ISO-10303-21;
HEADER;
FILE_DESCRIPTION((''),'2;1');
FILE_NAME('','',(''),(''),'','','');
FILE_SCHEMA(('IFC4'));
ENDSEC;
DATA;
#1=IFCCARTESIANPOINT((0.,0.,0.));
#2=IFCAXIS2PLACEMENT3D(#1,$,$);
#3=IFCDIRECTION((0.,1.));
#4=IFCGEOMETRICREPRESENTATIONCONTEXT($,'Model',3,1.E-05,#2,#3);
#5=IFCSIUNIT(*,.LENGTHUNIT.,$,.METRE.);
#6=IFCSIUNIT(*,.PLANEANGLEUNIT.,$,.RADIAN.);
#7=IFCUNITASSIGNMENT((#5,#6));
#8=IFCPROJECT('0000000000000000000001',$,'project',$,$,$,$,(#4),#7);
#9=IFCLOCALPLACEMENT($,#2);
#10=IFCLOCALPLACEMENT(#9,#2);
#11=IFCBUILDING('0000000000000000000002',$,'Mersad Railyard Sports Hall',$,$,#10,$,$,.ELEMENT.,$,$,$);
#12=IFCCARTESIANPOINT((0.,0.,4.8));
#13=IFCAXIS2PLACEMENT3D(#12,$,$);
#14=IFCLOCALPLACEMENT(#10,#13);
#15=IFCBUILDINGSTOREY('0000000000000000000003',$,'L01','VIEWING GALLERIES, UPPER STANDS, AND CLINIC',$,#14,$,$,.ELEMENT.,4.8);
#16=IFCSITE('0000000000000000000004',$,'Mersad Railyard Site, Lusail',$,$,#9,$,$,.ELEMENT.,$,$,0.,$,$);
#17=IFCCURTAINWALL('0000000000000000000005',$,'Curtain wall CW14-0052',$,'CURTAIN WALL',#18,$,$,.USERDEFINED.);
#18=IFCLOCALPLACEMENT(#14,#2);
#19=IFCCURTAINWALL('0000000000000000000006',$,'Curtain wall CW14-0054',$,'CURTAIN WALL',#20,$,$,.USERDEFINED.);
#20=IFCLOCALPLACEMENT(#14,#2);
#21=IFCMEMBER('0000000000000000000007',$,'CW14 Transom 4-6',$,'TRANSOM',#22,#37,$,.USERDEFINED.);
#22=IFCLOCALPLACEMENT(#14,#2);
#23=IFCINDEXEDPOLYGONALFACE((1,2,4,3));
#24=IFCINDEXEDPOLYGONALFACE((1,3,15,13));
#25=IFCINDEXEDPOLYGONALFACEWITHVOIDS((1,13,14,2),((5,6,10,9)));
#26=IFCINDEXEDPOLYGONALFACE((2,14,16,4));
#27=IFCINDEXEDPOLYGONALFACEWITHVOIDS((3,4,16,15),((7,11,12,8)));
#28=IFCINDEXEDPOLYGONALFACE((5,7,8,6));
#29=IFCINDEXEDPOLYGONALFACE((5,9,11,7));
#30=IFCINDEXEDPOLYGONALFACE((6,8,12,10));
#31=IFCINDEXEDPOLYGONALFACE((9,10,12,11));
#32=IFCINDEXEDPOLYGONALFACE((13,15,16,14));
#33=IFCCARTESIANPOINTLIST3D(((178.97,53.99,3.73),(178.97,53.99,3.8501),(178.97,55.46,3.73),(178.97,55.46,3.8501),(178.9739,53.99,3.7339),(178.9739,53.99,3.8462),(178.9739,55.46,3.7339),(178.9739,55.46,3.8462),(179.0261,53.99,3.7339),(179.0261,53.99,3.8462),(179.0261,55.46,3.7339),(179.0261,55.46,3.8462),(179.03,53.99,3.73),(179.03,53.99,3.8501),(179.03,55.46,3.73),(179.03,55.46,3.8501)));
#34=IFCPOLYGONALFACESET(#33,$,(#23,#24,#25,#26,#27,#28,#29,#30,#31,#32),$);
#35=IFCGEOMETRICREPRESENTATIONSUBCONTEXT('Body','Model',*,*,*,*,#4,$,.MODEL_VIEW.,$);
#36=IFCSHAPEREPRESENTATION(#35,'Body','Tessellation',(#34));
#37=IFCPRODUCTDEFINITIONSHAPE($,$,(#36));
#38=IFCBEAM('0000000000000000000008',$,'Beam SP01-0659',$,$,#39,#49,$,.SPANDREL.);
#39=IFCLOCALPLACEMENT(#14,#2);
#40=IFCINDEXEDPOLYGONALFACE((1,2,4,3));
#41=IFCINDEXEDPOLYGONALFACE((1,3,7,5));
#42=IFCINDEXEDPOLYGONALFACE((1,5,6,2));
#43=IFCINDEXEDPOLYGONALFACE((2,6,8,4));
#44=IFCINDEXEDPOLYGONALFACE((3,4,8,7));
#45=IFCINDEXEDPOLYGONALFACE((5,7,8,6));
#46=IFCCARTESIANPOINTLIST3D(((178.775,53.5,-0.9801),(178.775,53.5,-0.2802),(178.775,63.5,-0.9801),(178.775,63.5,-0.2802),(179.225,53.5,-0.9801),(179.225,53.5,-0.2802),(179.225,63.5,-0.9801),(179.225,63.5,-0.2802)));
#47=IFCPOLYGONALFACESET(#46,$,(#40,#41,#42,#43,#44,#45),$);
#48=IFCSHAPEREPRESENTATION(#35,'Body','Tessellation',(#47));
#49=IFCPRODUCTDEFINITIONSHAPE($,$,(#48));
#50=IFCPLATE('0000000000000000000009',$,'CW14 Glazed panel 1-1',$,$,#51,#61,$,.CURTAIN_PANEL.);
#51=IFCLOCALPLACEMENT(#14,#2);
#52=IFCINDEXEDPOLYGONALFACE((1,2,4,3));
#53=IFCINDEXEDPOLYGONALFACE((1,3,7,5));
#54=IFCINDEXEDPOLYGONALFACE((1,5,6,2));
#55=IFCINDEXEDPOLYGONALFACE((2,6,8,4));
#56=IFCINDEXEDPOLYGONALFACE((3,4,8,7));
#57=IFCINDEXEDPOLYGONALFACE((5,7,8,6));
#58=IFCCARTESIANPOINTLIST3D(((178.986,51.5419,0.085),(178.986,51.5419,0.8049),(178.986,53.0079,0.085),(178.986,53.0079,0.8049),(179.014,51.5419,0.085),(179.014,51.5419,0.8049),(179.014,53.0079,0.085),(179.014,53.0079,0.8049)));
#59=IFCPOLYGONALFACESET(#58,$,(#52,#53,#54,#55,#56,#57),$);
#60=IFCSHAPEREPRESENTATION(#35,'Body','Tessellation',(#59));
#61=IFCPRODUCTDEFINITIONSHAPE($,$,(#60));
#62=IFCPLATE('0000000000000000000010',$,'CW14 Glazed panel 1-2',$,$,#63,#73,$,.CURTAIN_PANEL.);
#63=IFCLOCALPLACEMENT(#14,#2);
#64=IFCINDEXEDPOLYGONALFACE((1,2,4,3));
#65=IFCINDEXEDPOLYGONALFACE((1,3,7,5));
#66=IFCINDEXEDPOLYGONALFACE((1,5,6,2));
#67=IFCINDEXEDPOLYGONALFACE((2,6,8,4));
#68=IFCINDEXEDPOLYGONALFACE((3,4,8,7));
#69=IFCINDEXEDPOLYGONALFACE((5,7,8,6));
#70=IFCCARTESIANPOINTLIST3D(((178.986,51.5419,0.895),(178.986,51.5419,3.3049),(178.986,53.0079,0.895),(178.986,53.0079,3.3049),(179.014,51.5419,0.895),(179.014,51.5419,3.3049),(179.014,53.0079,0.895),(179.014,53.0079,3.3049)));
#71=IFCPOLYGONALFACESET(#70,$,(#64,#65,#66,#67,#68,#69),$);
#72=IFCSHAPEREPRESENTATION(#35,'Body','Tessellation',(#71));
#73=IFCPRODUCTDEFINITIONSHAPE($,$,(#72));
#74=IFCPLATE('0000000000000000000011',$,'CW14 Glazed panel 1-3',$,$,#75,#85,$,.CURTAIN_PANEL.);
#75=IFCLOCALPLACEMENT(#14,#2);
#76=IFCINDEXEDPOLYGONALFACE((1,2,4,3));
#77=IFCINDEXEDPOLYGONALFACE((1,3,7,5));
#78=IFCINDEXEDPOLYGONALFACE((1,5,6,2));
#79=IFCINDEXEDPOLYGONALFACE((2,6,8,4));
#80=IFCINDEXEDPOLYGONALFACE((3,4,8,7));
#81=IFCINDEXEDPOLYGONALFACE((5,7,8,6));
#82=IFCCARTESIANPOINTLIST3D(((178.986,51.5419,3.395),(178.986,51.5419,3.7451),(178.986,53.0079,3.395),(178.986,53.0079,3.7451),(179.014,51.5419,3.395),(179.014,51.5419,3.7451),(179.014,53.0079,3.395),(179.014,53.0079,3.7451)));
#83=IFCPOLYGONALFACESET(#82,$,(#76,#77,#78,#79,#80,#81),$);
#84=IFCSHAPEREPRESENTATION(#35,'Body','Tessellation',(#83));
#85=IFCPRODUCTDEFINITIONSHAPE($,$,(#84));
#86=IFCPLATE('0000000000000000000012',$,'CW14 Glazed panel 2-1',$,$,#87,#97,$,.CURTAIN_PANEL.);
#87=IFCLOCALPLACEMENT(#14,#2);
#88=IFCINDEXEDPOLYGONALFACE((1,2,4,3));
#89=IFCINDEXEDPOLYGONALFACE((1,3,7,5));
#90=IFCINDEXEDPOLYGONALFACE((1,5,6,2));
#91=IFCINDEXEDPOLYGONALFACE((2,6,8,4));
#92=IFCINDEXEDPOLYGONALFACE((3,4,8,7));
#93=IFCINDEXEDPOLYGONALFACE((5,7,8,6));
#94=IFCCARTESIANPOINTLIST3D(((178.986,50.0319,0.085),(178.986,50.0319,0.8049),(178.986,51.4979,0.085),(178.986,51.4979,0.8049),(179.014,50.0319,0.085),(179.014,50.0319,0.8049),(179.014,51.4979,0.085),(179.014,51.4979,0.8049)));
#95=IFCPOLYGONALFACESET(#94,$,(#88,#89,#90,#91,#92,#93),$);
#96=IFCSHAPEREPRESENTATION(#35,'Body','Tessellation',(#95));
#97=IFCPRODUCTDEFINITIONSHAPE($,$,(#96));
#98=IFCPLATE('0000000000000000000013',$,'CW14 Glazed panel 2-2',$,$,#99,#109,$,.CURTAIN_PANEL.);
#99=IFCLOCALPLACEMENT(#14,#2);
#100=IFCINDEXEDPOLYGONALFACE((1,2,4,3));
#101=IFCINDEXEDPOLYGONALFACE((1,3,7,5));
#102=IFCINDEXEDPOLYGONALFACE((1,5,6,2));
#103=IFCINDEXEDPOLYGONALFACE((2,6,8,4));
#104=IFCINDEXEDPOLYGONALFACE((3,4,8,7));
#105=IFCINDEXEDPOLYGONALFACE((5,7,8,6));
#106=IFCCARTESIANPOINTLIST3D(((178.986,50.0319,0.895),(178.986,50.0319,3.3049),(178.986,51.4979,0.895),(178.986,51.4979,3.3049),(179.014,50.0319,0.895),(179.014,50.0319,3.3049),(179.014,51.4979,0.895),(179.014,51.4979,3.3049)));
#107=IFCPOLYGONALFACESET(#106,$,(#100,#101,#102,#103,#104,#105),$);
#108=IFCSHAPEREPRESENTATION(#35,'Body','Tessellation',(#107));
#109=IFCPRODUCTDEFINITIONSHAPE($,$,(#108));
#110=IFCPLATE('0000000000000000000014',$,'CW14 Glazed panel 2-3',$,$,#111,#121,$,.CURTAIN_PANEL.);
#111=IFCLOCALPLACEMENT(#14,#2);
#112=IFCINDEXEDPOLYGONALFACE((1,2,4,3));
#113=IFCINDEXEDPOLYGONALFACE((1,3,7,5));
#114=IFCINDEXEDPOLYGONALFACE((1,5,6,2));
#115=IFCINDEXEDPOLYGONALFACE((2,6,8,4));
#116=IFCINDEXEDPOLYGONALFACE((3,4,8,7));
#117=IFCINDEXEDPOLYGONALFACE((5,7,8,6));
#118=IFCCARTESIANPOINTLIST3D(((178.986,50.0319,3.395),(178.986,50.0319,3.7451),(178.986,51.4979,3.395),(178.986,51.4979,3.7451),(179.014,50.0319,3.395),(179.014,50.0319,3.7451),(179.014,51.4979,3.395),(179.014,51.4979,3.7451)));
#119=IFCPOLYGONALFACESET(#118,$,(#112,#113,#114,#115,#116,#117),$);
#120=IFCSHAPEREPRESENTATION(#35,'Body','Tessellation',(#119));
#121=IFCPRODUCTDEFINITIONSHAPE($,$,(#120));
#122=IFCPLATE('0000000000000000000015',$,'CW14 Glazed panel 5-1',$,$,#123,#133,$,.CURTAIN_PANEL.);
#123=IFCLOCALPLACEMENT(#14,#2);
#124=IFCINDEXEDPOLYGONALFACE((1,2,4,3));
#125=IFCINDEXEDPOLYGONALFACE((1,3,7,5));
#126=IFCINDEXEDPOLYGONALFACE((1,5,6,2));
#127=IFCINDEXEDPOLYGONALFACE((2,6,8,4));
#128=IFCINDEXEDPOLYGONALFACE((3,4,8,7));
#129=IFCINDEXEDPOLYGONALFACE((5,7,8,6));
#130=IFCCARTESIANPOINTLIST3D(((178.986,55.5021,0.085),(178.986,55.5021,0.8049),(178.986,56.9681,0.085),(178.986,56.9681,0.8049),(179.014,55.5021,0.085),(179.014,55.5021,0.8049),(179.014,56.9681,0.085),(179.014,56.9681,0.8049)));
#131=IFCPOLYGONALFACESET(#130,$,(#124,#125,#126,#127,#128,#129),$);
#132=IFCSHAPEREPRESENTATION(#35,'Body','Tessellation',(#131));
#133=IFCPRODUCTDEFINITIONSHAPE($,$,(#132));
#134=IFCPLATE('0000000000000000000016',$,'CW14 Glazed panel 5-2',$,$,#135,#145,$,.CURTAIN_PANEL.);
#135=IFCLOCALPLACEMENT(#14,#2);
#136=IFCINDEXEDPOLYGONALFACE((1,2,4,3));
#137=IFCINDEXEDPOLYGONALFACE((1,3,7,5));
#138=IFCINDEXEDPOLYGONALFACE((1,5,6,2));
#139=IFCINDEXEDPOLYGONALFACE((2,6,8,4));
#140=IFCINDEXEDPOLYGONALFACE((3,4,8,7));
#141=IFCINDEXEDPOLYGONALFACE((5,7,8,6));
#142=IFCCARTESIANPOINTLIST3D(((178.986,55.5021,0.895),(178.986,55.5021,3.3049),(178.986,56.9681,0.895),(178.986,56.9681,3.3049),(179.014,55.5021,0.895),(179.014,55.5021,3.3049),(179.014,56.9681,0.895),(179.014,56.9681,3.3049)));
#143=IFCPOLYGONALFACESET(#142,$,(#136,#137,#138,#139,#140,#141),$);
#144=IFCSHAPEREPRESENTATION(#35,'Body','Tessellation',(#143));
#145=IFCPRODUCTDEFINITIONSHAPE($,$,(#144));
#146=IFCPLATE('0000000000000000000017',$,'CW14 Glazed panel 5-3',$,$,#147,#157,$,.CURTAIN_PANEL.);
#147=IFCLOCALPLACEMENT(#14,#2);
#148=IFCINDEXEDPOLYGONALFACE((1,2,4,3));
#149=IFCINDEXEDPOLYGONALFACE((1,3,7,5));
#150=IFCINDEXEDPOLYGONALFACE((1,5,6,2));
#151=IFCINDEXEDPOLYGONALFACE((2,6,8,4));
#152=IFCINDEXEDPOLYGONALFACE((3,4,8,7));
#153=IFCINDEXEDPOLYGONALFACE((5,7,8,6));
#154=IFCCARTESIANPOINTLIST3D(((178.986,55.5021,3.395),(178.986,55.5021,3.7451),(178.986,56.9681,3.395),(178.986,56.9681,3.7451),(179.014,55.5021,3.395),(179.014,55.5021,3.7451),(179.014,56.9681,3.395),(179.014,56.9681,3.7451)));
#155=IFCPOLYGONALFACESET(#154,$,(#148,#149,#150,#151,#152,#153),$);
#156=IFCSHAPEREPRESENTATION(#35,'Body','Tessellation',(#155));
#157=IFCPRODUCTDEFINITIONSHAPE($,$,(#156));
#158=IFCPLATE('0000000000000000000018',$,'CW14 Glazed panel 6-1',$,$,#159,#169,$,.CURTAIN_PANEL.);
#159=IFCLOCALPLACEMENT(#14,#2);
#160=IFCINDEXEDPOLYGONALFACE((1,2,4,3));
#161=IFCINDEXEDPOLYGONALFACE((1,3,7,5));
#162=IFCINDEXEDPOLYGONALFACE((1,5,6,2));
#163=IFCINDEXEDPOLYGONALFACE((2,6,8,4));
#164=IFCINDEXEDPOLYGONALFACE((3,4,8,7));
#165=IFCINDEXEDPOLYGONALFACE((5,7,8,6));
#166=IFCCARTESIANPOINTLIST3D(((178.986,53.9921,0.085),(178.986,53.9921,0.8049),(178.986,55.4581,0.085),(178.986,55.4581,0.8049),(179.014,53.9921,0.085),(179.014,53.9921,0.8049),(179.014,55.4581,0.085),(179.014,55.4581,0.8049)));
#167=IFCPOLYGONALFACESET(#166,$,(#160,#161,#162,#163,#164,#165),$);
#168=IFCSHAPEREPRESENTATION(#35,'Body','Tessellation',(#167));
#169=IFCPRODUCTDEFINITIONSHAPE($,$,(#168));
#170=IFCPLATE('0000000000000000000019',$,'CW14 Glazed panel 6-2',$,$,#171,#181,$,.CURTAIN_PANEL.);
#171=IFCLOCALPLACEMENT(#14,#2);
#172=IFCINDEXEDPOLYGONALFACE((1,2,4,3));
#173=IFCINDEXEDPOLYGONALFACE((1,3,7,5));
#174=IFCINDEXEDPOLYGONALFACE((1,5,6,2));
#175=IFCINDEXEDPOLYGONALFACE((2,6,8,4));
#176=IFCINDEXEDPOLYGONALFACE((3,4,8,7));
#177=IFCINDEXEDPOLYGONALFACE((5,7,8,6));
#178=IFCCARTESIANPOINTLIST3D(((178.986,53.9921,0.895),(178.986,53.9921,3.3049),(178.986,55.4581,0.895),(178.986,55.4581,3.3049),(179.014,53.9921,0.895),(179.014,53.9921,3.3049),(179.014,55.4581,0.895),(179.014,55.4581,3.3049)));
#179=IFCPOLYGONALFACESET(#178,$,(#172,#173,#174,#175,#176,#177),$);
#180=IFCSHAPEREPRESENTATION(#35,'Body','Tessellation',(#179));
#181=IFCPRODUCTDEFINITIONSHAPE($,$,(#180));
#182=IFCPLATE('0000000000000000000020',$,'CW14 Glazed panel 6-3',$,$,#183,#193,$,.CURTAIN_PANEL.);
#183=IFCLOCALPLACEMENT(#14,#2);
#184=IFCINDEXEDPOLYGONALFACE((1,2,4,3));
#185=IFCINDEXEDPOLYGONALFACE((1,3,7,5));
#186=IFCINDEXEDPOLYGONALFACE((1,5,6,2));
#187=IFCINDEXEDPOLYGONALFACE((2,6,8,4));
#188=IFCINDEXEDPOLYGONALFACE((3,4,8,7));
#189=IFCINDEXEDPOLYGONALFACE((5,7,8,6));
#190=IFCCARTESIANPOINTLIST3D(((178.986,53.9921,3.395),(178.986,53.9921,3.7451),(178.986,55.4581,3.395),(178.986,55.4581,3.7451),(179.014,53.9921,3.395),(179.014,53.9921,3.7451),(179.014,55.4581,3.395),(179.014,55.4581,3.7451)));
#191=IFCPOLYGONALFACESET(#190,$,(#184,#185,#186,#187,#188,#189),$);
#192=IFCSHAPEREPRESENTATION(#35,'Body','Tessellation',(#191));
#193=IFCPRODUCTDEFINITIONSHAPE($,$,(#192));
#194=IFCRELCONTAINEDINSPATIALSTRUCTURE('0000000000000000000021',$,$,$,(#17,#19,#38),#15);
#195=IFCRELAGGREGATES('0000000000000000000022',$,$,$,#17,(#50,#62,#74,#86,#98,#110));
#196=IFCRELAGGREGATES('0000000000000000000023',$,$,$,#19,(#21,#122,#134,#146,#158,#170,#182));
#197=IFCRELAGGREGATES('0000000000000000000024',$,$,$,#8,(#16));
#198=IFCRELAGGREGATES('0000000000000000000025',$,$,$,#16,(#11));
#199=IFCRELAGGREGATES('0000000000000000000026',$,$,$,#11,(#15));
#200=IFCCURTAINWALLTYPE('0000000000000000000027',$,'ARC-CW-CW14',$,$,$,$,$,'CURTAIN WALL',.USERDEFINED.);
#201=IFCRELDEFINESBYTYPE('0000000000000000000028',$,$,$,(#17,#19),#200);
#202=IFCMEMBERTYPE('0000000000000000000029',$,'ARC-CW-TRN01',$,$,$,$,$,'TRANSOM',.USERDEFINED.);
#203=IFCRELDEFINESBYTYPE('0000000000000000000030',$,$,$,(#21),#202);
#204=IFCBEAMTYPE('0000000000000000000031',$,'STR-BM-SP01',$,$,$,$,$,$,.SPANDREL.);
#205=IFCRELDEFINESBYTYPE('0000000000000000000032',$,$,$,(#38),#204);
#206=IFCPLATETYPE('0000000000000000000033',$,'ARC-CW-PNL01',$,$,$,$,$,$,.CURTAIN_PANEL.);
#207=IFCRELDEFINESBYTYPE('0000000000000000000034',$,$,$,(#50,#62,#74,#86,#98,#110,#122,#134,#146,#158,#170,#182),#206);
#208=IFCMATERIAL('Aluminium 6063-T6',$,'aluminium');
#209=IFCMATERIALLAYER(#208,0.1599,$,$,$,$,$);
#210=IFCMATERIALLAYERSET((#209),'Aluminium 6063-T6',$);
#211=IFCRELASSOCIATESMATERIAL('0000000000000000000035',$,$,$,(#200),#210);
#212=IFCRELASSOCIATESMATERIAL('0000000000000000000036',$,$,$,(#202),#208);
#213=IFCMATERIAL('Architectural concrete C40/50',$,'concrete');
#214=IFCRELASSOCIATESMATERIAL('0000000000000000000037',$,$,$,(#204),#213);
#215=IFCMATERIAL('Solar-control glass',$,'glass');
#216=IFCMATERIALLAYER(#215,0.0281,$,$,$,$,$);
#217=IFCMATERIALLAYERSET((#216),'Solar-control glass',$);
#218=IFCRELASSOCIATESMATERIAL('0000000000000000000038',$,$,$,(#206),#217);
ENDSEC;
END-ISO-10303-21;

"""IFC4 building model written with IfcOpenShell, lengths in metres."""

from ifc_helpers import new_model, si_unit, direction, frame, origin, origin_2d, place, context, subcontext, project, spatial, rectangle, hollow_rectangle, extrude, material, layer, layer_set, material_profile, profile_set, type_object, element, aggregate, save


model = new_model("IFC4")

# Units and contexts
model_context = context("Model", 3, precision=1e-05, world=origin(), true_north=direction((0.0, 1.0)))
body_context = subcontext(model_context, "Body", "Model", "MODEL_VIEW")
ifc_project = project(units=[si_unit("LENGTHUNIT", "METRE"), si_unit("PLANEANGLEUNIT", "RADIAN")], contexts=[model_context])

# Site, building, storey
site_placement = place(None, origin())
site = spatial("IfcSite", under=ifc_project, at=site_placement, Name="Mersad Railyard Site, Lusail", CompositionType="ELEMENT", RefElevation=0.0)
building_placement = place(site_placement, origin())
building = spatial("IfcBuilding", under=site, at=building_placement, Name="Mersad Railyard Sports Hall", CompositionType="ELEMENT")
storey_placement = place(building_placement, frame((0.0, 0.0, 4.8)))
storey = spatial("IfcBuildingStorey", under=building, at=storey_placement, Name="L01", Description="VIEWING GALLERIES, UPPER STANDS, AND CLINIC", CompositionType="ELEMENT", Elevation=4.8)

# Curtain walls
ifc_material_1 = material(Name="Aluminium 6063-T6", Category="aluminium")
ifc_layer_1 = layer(ifc_material_1, 0.1599)
ifc_layer_set_1 = layer_set([ifc_layer_1], Name="Aluminium 6063-T6")
curtain_wall_type = type_object("IfcCurtainWallType", Name="ARC-CW-CW14", ElementType="CURTAIN WALL", PredefinedType="USERDEFINED", material=ifc_layer_set_1)
curtain_wall_1_placement = place(storey_placement, origin())
curtain_wall_1 = element("IfcCurtainWall", 1, at=curtain_wall_1_placement, inside=storey, type_object=curtain_wall_type, Name="Curtain wall CW14-0052", ObjectType="CURTAIN WALL", PredefinedType="USERDEFINED")
curtain_wall_2_placement = place(storey_placement, origin())
curtain_wall_2 = element("IfcCurtainWall", 2, at=curtain_wall_2_placement, inside=storey, type_object=curtain_wall_type, Name="Curtain wall CW14-0054", ObjectType="CURTAIN WALL", PredefinedType="USERDEFINED")

# Member
ifc_material_profile_1 = material_profile(ifc_material_1, hollow_rectangle(XDim=0.0601, YDim=0.1201, WallThickness=0.0039, at=origin_2d()), Name="AL TRANSOM 60x120x4")
ifc_profile_set_1 = profile_set([ifc_material_profile_1], Name="Aluminium 6063-T6")
member_type_1 = type_object("IfcMemberType", Name="ARC-CW-TRN01", ElementType="TRANSOM", PredefinedType="USERDEFINED", material=ifc_profile_set_1)
member_1_placement = place(storey_placement, frame((179.0, 55.46, 3.79), z_axis=(0.0, -1.0, 0.0), x_axis=(1.0, 0.0, 0.0)))
member_1 = element("IfcMember", 3, at=member_1_placement, type_object=member_type_1, Name="CW14 Transom 4-6", ObjectType="TRANSOM", PredefinedType="USERDEFINED", context=body_context, shape_type="SweptSolid", body=[
    extrude(hollow_rectangle(XDim=0.0601, YDim=0.1201, WallThickness=0.0039, at=origin_2d()), origin(), (0.0, 0.0, 1.0), 1.47),
])

# Beam
ifc_material_2 = material(Name="Architectural concrete C40/50", Category="concrete")
ifc_material_profile_2 = material_profile(ifc_material_2, rectangle(XDim=0.45, YDim=0.7, at=origin_2d()), Name="RC 450x700")
ifc_profile_set_2 = profile_set([ifc_material_profile_2], Name="Architectural concrete C40/50")
beam_type = type_object("IfcBeamType", Name="STR-BM-SP01", PredefinedType="SPANDREL", material=ifc_profile_set_2)
beam_placement = place(storey_placement, frame((179.0, 53.5, -0.6301), z_axis=(0.0, 1.0, 0.0), x_axis=(-1.0, 0.0, 0.0)))
element("IfcBeam", 4, at=beam_placement, inside=storey, type_object=beam_type, Name="Beam SP01-0659", PredefinedType="SPANDREL", context=body_context, shape_type="SweptSolid", body=[
    extrude(rectangle(XDim=0.45, YDim=0.7, at=origin_2d()), origin(), (0.0, 0.0, 1.0), 10.0),
])

# Plates
ifc_material_3 = material(Name="Solar-control glass", Category="glass")
ifc_layer_2 = layer(ifc_material_3, 0.0281)
ifc_layer_set_2 = layer_set([ifc_layer_2], Name="Solar-control glass")
plate_type = type_object("IfcPlateType", Name="ARC-CW-PNL01", PredefinedType="CURTAIN_PANEL", material=ifc_layer_set_2)
plate_1_placement = place(storey_placement, frame((179.0, 52.2749, 0.085), z_axis=(0.0, 0.0, 1.0), x_axis=(0.0, -1.0, 0.0)))
plate_1 = element("IfcPlate", 5, at=plate_1_placement, type_object=plate_type, Name="CW14 Glazed panel 1-1", PredefinedType="CURTAIN_PANEL", context=body_context, shape_type="SweptSolid", body=[
    extrude(rectangle(XDim=1.4661, YDim=0.0281, at=origin_2d()), origin(), (0.0, 0.0, 1.0), 0.72),
])
plate_2_placement = place(storey_placement, frame((179.0, 52.2749, 0.895), z_axis=(0.0, 0.0, 1.0), x_axis=(0.0, -1.0, 0.0)))
plate_2 = element("IfcPlate", 6, at=plate_2_placement, type_object=plate_type, Name="CW14 Glazed panel 1-2", PredefinedType="CURTAIN_PANEL", context=body_context, shape_type="SweptSolid", body=[
    extrude(rectangle(XDim=1.4661, YDim=0.0281, at=origin_2d()), origin(), (0.0, 0.0, 1.0), 2.4099),
])
plate_3_placement = place(storey_placement, frame((179.0, 52.2749, 3.395), z_axis=(0.0, 0.0, 1.0), x_axis=(0.0, -1.0, 0.0)))
plate_3 = element("IfcPlate", 7, at=plate_3_placement, type_object=plate_type, Name="CW14 Glazed panel 1-3", PredefinedType="CURTAIN_PANEL", context=body_context, shape_type="SweptSolid", body=[
    extrude(rectangle(XDim=1.4661, YDim=0.0281, at=origin_2d()), origin(), (0.0, 0.0, 1.0), 0.3501),
])
plate_4_placement = place(storey_placement, frame((179.0, 50.7649, 0.085), z_axis=(0.0, 0.0, 1.0), x_axis=(0.0, -1.0, 0.0)))
plate_4 = element("IfcPlate", 8, at=plate_4_placement, type_object=plate_type, Name="CW14 Glazed panel 2-1", PredefinedType="CURTAIN_PANEL", context=body_context, shape_type="SweptSolid", body=[
    extrude(rectangle(XDim=1.4661, YDim=0.0281, at=origin_2d()), origin(), (0.0, 0.0, 1.0), 0.72),
])
plate_5_placement = place(storey_placement, frame((179.0, 50.7649, 0.895), z_axis=(0.0, 0.0, 1.0), x_axis=(0.0, -1.0, 0.0)))
plate_5 = element("IfcPlate", 9, at=plate_5_placement, type_object=plate_type, Name="CW14 Glazed panel 2-2", PredefinedType="CURTAIN_PANEL", context=body_context, shape_type="SweptSolid", body=[
    extrude(rectangle(XDim=1.4661, YDim=0.0281, at=origin_2d()), origin(), (0.0, 0.0, 1.0), 2.4099),
])
plate_6_placement = place(storey_placement, frame((179.0, 50.7649, 3.395), z_axis=(0.0, 0.0, 1.0), x_axis=(0.0, -1.0, 0.0)))
plate_6 = element("IfcPlate", 10, at=plate_6_placement, type_object=plate_type, Name="CW14 Glazed panel 2-3", PredefinedType="CURTAIN_PANEL", context=body_context, shape_type="SweptSolid", body=[
    extrude(rectangle(XDim=1.4661, YDim=0.0281, at=origin_2d()), origin(), (0.0, 0.0, 1.0), 0.3501),
])
aggregate(curtain_wall_1, [plate_1, plate_2, plate_3, plate_4, plate_5, plate_6])
plate_7_placement = place(storey_placement, frame((179.0, 56.2351, 0.085), z_axis=(0.0, 0.0, 1.0), x_axis=(0.0, -1.0, 0.0)))
plate_7 = element("IfcPlate", 11, at=plate_7_placement, type_object=plate_type, Name="CW14 Glazed panel 5-1", PredefinedType="CURTAIN_PANEL", context=body_context, shape_type="SweptSolid", body=[
    extrude(rectangle(XDim=1.4661, YDim=0.0281, at=origin_2d()), origin(), (0.0, 0.0, 1.0), 0.72),
])
plate_8_placement = place(storey_placement, frame((179.0, 56.2351, 0.895), z_axis=(0.0, 0.0, 1.0), x_axis=(0.0, -1.0, 0.0)))
plate_8 = element("IfcPlate", 12, at=plate_8_placement, type_object=plate_type, Name="CW14 Glazed panel 5-2", PredefinedType="CURTAIN_PANEL", context=body_context, shape_type="SweptSolid", body=[
    extrude(rectangle(XDim=1.4661, YDim=0.0281, at=origin_2d()), origin(), (0.0, 0.0, 1.0), 2.4099),
])
plate_9_placement = place(storey_placement, frame((179.0, 56.2351, 3.395), z_axis=(0.0, 0.0, 1.0), x_axis=(0.0, -1.0, 0.0)))
plate_9 = element("IfcPlate", 13, at=plate_9_placement, type_object=plate_type, Name="CW14 Glazed panel 5-3", PredefinedType="CURTAIN_PANEL", context=body_context, shape_type="SweptSolid", body=[
    extrude(rectangle(XDim=1.4661, YDim=0.0281, at=origin_2d()), origin(), (0.0, 0.0, 1.0), 0.3501),
])
plate_10_placement = place(storey_placement, frame((179.0, 54.7251, 0.085), z_axis=(0.0, 0.0, 1.0), x_axis=(0.0, -1.0, 0.0)))
plate_10 = element("IfcPlate", 14, at=plate_10_placement, type_object=plate_type, Name="CW14 Glazed panel 6-1", PredefinedType="CURTAIN_PANEL", context=body_context, shape_type="SweptSolid", body=[
    extrude(rectangle(XDim=1.4661, YDim=0.0281, at=origin_2d()), origin(), (0.0, 0.0, 1.0), 0.72),
])
plate_11_placement = place(storey_placement, frame((179.0, 54.7251, 0.895), z_axis=(0.0, 0.0, 1.0), x_axis=(0.0, -1.0, 0.0)))
plate_11 = element("IfcPlate", 15, at=plate_11_placement, type_object=plate_type, Name="CW14 Glazed panel 6-2", PredefinedType="CURTAIN_PANEL", context=body_context, shape_type="SweptSolid", body=[
    extrude(rectangle(XDim=1.4661, YDim=0.0281, at=origin_2d()), origin(), (0.0, 0.0, 1.0), 2.4099),
])
plate_12_placement = place(storey_placement, frame((179.0, 54.7251, 3.395), z_axis=(0.0, 0.0, 1.0), x_axis=(0.0, -1.0, 0.0)))
plate_12 = element("IfcPlate", 16, at=plate_12_placement, type_object=plate_type, Name="CW14 Glazed panel 6-3", PredefinedType="CURTAIN_PANEL", context=body_context, shape_type="SweptSolid", body=[
    extrude(rectangle(XDim=1.4661, YDim=0.0281, at=origin_2d()), origin(), (0.0, 0.0, 1.0), 0.3501),
])
aggregate(curtain_wall_2, [member_1, plate_7, plate_8, plate_9, plate_10, plate_11, plate_12])

save(model, "model.ifc")
